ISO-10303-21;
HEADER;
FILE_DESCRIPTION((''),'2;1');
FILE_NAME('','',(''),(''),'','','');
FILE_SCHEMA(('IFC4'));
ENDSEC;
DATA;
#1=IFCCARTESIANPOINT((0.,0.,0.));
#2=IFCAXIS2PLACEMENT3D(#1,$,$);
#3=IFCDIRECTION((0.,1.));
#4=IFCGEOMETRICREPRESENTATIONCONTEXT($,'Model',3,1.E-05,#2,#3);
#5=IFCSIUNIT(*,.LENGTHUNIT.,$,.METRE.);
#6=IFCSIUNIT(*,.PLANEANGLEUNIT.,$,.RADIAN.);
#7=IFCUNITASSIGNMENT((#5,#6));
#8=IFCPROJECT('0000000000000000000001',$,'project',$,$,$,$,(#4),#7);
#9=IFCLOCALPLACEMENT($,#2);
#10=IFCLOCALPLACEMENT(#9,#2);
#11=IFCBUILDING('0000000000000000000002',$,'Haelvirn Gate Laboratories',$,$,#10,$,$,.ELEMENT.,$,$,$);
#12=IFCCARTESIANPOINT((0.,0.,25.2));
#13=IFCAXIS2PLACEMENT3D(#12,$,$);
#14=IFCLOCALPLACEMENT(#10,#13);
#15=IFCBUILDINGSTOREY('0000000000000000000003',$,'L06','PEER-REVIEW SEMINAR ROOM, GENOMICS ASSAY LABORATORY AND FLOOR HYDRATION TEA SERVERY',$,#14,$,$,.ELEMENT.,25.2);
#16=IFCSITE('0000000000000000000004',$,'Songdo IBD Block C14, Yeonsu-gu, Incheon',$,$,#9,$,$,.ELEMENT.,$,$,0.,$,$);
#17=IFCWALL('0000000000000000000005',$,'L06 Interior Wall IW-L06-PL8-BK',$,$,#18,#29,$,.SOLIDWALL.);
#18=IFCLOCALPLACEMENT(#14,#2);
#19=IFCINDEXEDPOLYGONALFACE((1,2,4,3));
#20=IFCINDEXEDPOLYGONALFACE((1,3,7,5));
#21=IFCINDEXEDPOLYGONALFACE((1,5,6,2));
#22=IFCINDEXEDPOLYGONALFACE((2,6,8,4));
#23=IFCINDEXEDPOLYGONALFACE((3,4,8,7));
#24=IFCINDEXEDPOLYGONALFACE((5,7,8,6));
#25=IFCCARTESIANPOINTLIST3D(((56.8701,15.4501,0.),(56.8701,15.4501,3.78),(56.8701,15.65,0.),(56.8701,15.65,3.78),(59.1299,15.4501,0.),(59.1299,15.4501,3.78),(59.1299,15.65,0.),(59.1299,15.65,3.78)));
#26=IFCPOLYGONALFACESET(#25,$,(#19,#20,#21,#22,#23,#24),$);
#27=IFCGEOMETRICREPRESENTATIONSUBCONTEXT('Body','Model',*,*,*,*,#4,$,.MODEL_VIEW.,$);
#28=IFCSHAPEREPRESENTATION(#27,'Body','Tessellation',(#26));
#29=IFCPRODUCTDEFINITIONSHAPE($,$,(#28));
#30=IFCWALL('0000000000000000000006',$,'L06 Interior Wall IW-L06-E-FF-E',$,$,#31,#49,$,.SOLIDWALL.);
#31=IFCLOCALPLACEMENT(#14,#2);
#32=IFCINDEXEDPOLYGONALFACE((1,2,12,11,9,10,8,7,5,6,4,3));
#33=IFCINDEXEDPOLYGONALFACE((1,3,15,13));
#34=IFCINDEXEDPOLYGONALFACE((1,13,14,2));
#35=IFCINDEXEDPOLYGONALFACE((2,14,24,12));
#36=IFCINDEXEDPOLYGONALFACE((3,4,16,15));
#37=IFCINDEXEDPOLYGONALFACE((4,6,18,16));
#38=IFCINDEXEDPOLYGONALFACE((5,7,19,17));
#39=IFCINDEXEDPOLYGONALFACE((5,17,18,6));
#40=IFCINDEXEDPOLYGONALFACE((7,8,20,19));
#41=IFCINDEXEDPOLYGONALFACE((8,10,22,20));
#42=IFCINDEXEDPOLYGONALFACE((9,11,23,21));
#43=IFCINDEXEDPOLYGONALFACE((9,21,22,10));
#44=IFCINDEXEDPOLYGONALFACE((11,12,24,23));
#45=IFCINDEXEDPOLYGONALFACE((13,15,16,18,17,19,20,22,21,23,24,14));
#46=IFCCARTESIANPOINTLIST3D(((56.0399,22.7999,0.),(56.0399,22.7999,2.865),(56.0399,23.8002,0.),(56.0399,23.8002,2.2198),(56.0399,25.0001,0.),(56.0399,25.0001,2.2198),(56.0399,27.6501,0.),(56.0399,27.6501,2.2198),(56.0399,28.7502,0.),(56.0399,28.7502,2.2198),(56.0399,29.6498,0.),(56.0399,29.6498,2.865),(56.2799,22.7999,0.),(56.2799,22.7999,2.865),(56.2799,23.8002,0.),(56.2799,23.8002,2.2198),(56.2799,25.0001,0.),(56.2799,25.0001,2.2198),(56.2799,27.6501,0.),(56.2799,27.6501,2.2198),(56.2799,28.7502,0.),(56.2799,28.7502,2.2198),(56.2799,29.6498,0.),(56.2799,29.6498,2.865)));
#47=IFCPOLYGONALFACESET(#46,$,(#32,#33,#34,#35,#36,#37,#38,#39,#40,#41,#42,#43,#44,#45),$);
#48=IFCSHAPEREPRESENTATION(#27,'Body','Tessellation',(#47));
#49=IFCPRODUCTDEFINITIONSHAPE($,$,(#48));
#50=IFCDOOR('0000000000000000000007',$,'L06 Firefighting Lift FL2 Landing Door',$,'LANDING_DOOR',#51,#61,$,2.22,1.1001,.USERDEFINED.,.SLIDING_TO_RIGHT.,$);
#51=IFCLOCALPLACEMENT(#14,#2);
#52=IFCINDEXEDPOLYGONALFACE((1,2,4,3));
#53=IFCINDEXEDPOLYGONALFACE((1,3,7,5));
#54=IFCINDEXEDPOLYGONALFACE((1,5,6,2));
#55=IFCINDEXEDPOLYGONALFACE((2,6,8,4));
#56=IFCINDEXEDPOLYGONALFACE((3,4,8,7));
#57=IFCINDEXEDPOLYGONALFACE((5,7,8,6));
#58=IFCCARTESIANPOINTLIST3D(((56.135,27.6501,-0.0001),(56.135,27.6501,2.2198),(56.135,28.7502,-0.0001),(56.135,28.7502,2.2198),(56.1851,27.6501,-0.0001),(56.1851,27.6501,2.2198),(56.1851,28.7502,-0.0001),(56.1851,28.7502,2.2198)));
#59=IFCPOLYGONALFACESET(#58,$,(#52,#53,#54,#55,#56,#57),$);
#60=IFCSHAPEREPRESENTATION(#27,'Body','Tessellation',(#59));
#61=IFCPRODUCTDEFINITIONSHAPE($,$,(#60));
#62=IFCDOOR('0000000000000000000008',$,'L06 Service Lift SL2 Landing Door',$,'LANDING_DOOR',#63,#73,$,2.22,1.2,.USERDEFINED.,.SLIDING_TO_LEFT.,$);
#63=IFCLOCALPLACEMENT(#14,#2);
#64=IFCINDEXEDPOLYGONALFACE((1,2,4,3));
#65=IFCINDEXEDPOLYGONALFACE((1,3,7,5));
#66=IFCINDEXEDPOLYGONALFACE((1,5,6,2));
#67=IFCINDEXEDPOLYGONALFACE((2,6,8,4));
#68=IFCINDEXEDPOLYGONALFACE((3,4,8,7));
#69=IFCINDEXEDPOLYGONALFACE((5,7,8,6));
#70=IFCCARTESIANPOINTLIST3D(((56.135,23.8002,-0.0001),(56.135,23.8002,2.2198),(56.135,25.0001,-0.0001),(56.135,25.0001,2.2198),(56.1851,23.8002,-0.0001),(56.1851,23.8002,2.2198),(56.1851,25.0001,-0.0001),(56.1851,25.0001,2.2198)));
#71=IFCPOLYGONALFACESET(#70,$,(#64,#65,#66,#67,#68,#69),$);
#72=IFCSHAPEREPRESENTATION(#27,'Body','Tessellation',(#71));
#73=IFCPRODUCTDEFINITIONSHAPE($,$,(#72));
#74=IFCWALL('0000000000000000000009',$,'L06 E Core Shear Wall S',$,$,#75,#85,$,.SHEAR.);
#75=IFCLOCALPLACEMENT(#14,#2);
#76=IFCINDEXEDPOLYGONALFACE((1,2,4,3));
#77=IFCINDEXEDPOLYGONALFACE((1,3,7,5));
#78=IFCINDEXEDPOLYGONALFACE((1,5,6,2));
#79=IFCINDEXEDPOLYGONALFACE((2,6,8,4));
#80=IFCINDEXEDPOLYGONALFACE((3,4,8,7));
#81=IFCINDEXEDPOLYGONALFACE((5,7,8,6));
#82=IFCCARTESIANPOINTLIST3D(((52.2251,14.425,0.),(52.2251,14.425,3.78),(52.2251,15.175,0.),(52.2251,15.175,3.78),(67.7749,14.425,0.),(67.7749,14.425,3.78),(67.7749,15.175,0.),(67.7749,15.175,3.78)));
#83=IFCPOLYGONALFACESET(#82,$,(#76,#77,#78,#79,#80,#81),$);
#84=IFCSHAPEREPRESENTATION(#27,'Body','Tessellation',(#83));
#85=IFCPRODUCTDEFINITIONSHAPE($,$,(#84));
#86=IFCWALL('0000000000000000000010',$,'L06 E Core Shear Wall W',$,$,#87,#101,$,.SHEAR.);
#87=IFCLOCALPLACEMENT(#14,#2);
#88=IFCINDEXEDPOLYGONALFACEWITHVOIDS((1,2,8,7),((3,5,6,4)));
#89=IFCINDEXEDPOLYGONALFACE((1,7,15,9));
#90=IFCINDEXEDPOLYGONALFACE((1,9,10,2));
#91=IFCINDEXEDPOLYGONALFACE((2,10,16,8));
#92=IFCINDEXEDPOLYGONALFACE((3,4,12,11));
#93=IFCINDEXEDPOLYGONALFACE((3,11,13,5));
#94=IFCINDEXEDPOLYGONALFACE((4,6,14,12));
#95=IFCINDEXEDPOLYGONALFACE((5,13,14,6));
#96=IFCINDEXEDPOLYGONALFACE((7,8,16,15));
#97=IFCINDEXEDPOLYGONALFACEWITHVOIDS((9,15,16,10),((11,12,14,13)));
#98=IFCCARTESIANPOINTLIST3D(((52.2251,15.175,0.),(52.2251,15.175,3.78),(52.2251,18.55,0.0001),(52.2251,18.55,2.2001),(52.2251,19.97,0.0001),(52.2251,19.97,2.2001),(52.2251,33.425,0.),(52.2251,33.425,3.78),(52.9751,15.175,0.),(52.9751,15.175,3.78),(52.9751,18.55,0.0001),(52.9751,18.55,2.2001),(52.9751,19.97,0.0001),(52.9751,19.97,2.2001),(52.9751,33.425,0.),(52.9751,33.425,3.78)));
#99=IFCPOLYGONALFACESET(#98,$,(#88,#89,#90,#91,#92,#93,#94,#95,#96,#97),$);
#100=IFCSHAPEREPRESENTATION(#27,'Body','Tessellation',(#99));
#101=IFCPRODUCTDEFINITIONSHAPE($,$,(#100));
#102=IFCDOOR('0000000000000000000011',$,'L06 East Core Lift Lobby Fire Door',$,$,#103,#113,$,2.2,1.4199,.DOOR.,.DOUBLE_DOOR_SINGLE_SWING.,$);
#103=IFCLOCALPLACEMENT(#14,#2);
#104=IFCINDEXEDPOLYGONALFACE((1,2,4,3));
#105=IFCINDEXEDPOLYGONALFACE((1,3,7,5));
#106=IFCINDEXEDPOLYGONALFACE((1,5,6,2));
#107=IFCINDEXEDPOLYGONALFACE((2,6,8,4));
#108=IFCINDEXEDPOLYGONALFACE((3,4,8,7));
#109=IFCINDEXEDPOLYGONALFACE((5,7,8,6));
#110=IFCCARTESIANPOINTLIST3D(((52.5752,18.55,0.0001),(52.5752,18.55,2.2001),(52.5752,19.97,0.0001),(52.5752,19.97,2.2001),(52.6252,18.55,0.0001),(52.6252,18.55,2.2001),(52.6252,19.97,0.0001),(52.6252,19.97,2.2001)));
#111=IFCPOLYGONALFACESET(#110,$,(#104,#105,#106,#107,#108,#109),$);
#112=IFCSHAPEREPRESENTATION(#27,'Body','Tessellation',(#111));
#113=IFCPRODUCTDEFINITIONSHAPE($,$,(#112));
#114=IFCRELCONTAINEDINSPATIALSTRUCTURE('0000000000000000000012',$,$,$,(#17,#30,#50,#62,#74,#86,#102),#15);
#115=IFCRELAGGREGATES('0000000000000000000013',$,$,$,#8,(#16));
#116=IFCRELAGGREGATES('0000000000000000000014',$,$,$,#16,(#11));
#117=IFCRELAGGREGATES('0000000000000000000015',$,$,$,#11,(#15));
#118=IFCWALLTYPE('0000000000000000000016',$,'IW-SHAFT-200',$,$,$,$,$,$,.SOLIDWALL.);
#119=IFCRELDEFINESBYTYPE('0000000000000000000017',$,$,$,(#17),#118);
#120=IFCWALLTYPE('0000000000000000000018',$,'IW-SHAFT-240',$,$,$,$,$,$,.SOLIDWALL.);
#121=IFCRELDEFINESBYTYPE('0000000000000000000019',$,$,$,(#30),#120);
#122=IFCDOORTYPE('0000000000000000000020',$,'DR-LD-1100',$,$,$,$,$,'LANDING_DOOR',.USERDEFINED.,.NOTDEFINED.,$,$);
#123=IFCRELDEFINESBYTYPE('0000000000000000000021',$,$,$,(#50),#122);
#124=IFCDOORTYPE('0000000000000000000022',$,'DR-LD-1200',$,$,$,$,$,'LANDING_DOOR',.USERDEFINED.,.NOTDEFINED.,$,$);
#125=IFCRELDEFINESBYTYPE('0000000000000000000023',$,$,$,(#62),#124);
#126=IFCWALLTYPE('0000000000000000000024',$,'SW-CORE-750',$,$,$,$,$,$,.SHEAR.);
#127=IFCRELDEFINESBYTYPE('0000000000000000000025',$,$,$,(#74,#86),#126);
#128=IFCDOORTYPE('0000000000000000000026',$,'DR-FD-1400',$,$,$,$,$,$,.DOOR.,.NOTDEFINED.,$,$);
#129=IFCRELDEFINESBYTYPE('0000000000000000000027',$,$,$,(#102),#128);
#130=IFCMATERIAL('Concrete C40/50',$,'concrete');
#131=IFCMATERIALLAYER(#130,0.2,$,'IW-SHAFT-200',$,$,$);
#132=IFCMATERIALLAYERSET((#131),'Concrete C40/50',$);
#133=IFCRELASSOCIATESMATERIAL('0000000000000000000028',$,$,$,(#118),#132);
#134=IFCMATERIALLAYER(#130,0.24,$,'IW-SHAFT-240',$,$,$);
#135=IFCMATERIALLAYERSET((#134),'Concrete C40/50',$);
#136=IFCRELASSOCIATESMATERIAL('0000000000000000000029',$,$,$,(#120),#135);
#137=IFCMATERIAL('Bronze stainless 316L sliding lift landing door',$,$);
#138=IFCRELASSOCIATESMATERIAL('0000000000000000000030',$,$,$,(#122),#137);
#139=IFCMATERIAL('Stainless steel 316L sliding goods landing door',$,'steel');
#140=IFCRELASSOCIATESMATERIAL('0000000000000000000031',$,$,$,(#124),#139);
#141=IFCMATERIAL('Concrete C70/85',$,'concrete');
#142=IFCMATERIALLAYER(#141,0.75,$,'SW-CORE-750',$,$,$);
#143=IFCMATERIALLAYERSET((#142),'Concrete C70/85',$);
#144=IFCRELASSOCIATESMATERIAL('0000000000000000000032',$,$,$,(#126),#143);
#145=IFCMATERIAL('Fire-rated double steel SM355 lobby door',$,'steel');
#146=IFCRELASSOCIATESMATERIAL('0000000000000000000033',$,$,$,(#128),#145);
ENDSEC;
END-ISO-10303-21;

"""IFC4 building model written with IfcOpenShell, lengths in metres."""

from ifc_helpers import new_model, si_unit, direction, frame, frame_2d, origin, place, context, subcontext, project, spatial, rectangle, extrude, source, transform, mapped, material, layer, layer_set, type_object, type_shapes, element, fill, save


model = new_model("IFC4")

# Units and contexts
model_context = context("Model", 3, precision=1e-05, world=origin(), true_north=direction((0.0, 1.0)))
body_context = subcontext(model_context, "Body", "Model", "MODEL_VIEW")
ifc_project = project(units=[si_unit("LENGTHUNIT", "METRE"), si_unit("PLANEANGLEUNIT", "RADIAN")], contexts=[model_context])

# Site, building, storey
site_placement = place(None, origin())
site = spatial("IfcSite", under=ifc_project, at=site_placement, Name="Songdo IBD Block C14, Yeonsu-gu, Incheon", CompositionType="ELEMENT", RefElevation=0.0)
building_placement = place(site_placement, origin())
building = spatial("IfcBuilding", under=site, at=building_placement, Name="Haelvirn Gate Laboratories", CompositionType="ELEMENT")
storey_placement = place(building_placement, frame((0.0, 0.0, 25.2)))
storey = spatial("IfcBuildingStorey", under=building, at=storey_placement, Name="L06", Description="PEER-REVIEW SEMINAR ROOM, GENOMICS ASSAY LABORATORY AND FLOOR HYDRATION TEA SERVERY", CompositionType="ELEMENT", Elevation=25.2)

# Shared definitions
ifc_material_1 = material(Name="Concrete C70/85", Category="concrete")

# Wall
ifc_material_2 = material(Name="Concrete C40/50", Category="concrete")
ifc_layer_1 = layer(ifc_material_2, 0.2, Name="IW-SHAFT-200")
ifc_layer_set_1 = layer_set([ifc_layer_1], Name="Concrete C40/50")
wall_type_1 = type_object("IfcWallType", Name="IW-SHAFT-200", PredefinedType="SOLIDWALL", material=ifc_layer_set_1)
for number, where, z_axis, x_axis, name in (
    (1, (56.8701, 15.55, 0.0), (0.0, 0.0, 1.0), (1.0, 0.0, 0.0), "L06 Interior Wall IW-L06-PL8-BK"),
):
    element("IfcWall", number, at=place(storey_placement, frame(where, z_axis=z_axis, x_axis=x_axis)), inside=storey, type_object=wall_type_1, Name=name, PredefinedType="SOLIDWALL", context=body_context, shape_type="SweptSolid", body=[
        extrude(rectangle(XDim=2.2598, YDim=0.2, at=frame_2d((1.1299, 0.0))), origin(), (0.0, 0.0, 1.0), 3.78),
    ])

# Wall, openings, doors
ifc_layer_2 = layer(ifc_material_2, 0.24, Name="IW-SHAFT-240")
ifc_layer_set_2 = layer_set([ifc_layer_2], Name="Concrete C40/50")
wall_type_2 = type_object("IfcWallType", Name="IW-SHAFT-240", PredefinedType="SOLIDWALL", material=ifc_layer_set_2)
wall_1_placement = place(storey_placement, frame((56.1599, 22.8, 0.0), z_axis=(0.0, 0.0, 1.0), x_axis=(0.0, 1.0, 0.0)))
wall_1 = element("IfcWall", 2, at=wall_1_placement, inside=storey, type_object=wall_type_2, Name="L06 Interior Wall IW-L06-E-FF-E", PredefinedType="SOLIDWALL", context=body_context, shape_type="SweptSolid", body=[
    extrude(rectangle(XDim=6.8499, YDim=0.24, at=frame_2d((3.4248, 0.0))), origin(), (0.0, 0.0, 1.0), 2.865),
])
opening_1_placement = place(wall_1_placement, frame((4.8501, 0.0, 0.0)))
opening_1 = element("IfcOpeningElement", 3, at=opening_1_placement, cuts=wall_1, PredefinedType="OPENING", context=body_context, shape_type="SweptSolid", body=[
    extrude(rectangle(XDim=1.1001, YDim=2.22, at=frame_2d((0.55, 1.1099))), frame((0.0, 0.1299, 0.0), z_axis=(0.0, -1.0, 0.0), x_axis=(1.0, 0.0, 0.0)), (0.0, 0.0, 1.0), 0.26),
])
opening_2_placement = place(wall_1_placement, frame((1.0, 0.0, 0.0)))
opening_2 = element("IfcOpeningElement", 4, at=opening_2_placement, cuts=wall_1, PredefinedType="OPENING", context=body_context, shape_type="SweptSolid", body=[
    extrude(rectangle(XDim=1.2, YDim=2.22, at=frame_2d((0.6001, 1.1099))), frame((0.0, 0.1299, 0.0), z_axis=(0.0, -1.0, 0.0), x_axis=(1.0, 0.0, 0.0)), (0.0, 0.0, 1.0), 0.26),
])
ifc_material_3 = material(Name="Bronze stainless 316L sliding lift landing door")
door_type_1 = type_object("IfcDoorType", Name="DR-LD-1100", ElementType="LANDING_DOOR", OperationType="NOTDEFINED", PredefinedType="USERDEFINED", material=ifc_material_3)
shared_shape_1 = source(origin(), body_context, "Body", "SweptSolid", [
    extrude(rectangle(XDim=1.1001, YDim=2.22, at=frame_2d((0.55, 1.1099))), frame((0.0, 0.0249, 0.0), z_axis=(0.0, -1.0, 0.0), x_axis=(1.0, 0.0, 0.0)), (0.0, 0.0, 1.0), 0.05),
])
type_shapes(door_type_1, [shared_shape_1])
door_1_placement = place(opening_1_placement, origin())
door_1 = element("IfcDoor", 5, at=door_1_placement, inside=storey, type_object=door_type_1, Name="L06 Firefighting Lift FL2 Landing Door", ObjectType="LANDING_DOOR", OperationType="SLIDING_TO_RIGHT", OverallHeight=2.22, OverallWidth=1.1001, PredefinedType="USERDEFINED", context=body_context, shape_type="MappedRepresentation", body=[
    mapped(shared_shape_1, transform((0.0, 0.0, 0.0), scale=1.0)),
])
fill(opening_1, door_1)
ifc_material_4 = material(Name="Stainless steel 316L sliding goods landing door", Category="steel")
door_type_2 = type_object("IfcDoorType", Name="DR-LD-1200", ElementType="LANDING_DOOR", OperationType="NOTDEFINED", PredefinedType="USERDEFINED", material=ifc_material_4)
shared_shape_2 = source(origin(), body_context, "Body", "SweptSolid", [
    extrude(rectangle(XDim=1.2, YDim=2.22, at=frame_2d((0.6001, 1.1099))), frame((0.0, 0.0249, 0.0), z_axis=(0.0, -1.0, 0.0), x_axis=(1.0, 0.0, 0.0)), (0.0, 0.0, 1.0), 0.05),
])
type_shapes(door_type_2, [shared_shape_2])
door_2_placement = place(opening_2_placement, origin())
door_2 = element("IfcDoor", 6, at=door_2_placement, inside=storey, type_object=door_type_2, Name="L06 Service Lift SL2 Landing Door", ObjectType="LANDING_DOOR", OperationType="SLIDING_TO_LEFT", OverallHeight=2.22, OverallWidth=1.2, PredefinedType="USERDEFINED", context=body_context, shape_type="MappedRepresentation", body=[
    mapped(shared_shape_2, transform((0.0, 0.0, 0.0), scale=1.0)),
])
fill(opening_2, door_2)

# Wall
ifc_layer_3 = layer(ifc_material_1, 0.75, Name="SW-CORE-750")
ifc_layer_set_3 = layer_set([ifc_layer_3], Name="Concrete C70/85")
wall_type_3 = type_object("IfcWallType", Name="SW-CORE-750", PredefinedType="SHEAR", material=ifc_layer_set_3)
wall_2_placement = place(storey_placement, frame((52.2251, 14.8, 0.0), z_axis=(0.0, 0.0, 1.0), x_axis=(1.0, 0.0, 0.0)))
element("IfcWall", 7, at=wall_2_placement, inside=storey, type_object=wall_type_3, Name="L06 E Core Shear Wall S", PredefinedType="SHEAR", context=body_context, shape_type="SweptSolid", body=[
    extrude(rectangle(XDim=15.5498, YDim=0.75, at=frame_2d((7.7749, 0.0))), origin(), (0.0, 0.0, 1.0), 3.78),
])

# Wall, opening, door
wall_3_placement = place(storey_placement, frame((52.6001, 15.175, 0.0), z_axis=(0.0, 0.0, 1.0), x_axis=(0.0, 1.0, 0.0)))
wall_3 = element("IfcWall", 8, at=wall_3_placement, inside=storey, type_object=wall_type_3, Name="L06 E Core Shear Wall W", PredefinedType="SHEAR", context=body_context, shape_type="SweptSolid", body=[
    extrude(rectangle(XDim=18.25, YDim=0.75, at=frame_2d((9.125, 0.0))), origin(), (0.0, 0.0, 1.0), 3.78),
])
opening_3_placement = place(wall_3_placement, frame((3.375, 0.0, 0.0)))
opening_3 = element("IfcOpeningElement", 9, at=opening_3_placement, cuts=wall_3, PredefinedType="OPENING", context=body_context, shape_type="SweptSolid", body=[
    extrude(rectangle(XDim=1.4199, YDim=2.2, at=frame_2d((0.71, 1.1001))), frame((0.0, 0.385, 0.0), z_axis=(0.0, -1.0, 0.0), x_axis=(1.0, 0.0, 0.0)), (0.0, 0.0, 1.0), 0.77),
])
ifc_material_5 = material(Name="Fire-rated double steel SM355 lobby door", Category="steel")
door_type_3 = type_object("IfcDoorType", Name="DR-FD-1400", OperationType="NOTDEFINED", PredefinedType="DOOR", material=ifc_material_5)
shared_shape_3 = source(origin(), body_context, "Body", "SweptSolid", [
    extrude(rectangle(XDim=1.4199, YDim=2.2, at=frame_2d((0.71, 1.1001))), frame((0.0, 0.0249, 0.0), z_axis=(0.0, -1.0, 0.0), x_axis=(1.0, 0.0, 0.0)), (0.0, 0.0, 1.0), 0.05),
])
type_shapes(door_type_3, [shared_shape_3])
door_3_placement = place(opening_3_placement, origin())
door_3 = element("IfcDoor", 10, at=door_3_placement, inside=storey, type_object=door_type_3, Name="L06 East Core Lift Lobby Fire Door", OperationType="DOUBLE_DOOR_SINGLE_SWING", OverallHeight=2.2, OverallWidth=1.4199, PredefinedType="DOOR", context=body_context, shape_type="MappedRepresentation", body=[
    mapped(shared_shape_3, transform((0.0, 0.0, 0.0), scale=1.0)),
])
fill(opening_3, door_3)

save(model, "model.ifc")
